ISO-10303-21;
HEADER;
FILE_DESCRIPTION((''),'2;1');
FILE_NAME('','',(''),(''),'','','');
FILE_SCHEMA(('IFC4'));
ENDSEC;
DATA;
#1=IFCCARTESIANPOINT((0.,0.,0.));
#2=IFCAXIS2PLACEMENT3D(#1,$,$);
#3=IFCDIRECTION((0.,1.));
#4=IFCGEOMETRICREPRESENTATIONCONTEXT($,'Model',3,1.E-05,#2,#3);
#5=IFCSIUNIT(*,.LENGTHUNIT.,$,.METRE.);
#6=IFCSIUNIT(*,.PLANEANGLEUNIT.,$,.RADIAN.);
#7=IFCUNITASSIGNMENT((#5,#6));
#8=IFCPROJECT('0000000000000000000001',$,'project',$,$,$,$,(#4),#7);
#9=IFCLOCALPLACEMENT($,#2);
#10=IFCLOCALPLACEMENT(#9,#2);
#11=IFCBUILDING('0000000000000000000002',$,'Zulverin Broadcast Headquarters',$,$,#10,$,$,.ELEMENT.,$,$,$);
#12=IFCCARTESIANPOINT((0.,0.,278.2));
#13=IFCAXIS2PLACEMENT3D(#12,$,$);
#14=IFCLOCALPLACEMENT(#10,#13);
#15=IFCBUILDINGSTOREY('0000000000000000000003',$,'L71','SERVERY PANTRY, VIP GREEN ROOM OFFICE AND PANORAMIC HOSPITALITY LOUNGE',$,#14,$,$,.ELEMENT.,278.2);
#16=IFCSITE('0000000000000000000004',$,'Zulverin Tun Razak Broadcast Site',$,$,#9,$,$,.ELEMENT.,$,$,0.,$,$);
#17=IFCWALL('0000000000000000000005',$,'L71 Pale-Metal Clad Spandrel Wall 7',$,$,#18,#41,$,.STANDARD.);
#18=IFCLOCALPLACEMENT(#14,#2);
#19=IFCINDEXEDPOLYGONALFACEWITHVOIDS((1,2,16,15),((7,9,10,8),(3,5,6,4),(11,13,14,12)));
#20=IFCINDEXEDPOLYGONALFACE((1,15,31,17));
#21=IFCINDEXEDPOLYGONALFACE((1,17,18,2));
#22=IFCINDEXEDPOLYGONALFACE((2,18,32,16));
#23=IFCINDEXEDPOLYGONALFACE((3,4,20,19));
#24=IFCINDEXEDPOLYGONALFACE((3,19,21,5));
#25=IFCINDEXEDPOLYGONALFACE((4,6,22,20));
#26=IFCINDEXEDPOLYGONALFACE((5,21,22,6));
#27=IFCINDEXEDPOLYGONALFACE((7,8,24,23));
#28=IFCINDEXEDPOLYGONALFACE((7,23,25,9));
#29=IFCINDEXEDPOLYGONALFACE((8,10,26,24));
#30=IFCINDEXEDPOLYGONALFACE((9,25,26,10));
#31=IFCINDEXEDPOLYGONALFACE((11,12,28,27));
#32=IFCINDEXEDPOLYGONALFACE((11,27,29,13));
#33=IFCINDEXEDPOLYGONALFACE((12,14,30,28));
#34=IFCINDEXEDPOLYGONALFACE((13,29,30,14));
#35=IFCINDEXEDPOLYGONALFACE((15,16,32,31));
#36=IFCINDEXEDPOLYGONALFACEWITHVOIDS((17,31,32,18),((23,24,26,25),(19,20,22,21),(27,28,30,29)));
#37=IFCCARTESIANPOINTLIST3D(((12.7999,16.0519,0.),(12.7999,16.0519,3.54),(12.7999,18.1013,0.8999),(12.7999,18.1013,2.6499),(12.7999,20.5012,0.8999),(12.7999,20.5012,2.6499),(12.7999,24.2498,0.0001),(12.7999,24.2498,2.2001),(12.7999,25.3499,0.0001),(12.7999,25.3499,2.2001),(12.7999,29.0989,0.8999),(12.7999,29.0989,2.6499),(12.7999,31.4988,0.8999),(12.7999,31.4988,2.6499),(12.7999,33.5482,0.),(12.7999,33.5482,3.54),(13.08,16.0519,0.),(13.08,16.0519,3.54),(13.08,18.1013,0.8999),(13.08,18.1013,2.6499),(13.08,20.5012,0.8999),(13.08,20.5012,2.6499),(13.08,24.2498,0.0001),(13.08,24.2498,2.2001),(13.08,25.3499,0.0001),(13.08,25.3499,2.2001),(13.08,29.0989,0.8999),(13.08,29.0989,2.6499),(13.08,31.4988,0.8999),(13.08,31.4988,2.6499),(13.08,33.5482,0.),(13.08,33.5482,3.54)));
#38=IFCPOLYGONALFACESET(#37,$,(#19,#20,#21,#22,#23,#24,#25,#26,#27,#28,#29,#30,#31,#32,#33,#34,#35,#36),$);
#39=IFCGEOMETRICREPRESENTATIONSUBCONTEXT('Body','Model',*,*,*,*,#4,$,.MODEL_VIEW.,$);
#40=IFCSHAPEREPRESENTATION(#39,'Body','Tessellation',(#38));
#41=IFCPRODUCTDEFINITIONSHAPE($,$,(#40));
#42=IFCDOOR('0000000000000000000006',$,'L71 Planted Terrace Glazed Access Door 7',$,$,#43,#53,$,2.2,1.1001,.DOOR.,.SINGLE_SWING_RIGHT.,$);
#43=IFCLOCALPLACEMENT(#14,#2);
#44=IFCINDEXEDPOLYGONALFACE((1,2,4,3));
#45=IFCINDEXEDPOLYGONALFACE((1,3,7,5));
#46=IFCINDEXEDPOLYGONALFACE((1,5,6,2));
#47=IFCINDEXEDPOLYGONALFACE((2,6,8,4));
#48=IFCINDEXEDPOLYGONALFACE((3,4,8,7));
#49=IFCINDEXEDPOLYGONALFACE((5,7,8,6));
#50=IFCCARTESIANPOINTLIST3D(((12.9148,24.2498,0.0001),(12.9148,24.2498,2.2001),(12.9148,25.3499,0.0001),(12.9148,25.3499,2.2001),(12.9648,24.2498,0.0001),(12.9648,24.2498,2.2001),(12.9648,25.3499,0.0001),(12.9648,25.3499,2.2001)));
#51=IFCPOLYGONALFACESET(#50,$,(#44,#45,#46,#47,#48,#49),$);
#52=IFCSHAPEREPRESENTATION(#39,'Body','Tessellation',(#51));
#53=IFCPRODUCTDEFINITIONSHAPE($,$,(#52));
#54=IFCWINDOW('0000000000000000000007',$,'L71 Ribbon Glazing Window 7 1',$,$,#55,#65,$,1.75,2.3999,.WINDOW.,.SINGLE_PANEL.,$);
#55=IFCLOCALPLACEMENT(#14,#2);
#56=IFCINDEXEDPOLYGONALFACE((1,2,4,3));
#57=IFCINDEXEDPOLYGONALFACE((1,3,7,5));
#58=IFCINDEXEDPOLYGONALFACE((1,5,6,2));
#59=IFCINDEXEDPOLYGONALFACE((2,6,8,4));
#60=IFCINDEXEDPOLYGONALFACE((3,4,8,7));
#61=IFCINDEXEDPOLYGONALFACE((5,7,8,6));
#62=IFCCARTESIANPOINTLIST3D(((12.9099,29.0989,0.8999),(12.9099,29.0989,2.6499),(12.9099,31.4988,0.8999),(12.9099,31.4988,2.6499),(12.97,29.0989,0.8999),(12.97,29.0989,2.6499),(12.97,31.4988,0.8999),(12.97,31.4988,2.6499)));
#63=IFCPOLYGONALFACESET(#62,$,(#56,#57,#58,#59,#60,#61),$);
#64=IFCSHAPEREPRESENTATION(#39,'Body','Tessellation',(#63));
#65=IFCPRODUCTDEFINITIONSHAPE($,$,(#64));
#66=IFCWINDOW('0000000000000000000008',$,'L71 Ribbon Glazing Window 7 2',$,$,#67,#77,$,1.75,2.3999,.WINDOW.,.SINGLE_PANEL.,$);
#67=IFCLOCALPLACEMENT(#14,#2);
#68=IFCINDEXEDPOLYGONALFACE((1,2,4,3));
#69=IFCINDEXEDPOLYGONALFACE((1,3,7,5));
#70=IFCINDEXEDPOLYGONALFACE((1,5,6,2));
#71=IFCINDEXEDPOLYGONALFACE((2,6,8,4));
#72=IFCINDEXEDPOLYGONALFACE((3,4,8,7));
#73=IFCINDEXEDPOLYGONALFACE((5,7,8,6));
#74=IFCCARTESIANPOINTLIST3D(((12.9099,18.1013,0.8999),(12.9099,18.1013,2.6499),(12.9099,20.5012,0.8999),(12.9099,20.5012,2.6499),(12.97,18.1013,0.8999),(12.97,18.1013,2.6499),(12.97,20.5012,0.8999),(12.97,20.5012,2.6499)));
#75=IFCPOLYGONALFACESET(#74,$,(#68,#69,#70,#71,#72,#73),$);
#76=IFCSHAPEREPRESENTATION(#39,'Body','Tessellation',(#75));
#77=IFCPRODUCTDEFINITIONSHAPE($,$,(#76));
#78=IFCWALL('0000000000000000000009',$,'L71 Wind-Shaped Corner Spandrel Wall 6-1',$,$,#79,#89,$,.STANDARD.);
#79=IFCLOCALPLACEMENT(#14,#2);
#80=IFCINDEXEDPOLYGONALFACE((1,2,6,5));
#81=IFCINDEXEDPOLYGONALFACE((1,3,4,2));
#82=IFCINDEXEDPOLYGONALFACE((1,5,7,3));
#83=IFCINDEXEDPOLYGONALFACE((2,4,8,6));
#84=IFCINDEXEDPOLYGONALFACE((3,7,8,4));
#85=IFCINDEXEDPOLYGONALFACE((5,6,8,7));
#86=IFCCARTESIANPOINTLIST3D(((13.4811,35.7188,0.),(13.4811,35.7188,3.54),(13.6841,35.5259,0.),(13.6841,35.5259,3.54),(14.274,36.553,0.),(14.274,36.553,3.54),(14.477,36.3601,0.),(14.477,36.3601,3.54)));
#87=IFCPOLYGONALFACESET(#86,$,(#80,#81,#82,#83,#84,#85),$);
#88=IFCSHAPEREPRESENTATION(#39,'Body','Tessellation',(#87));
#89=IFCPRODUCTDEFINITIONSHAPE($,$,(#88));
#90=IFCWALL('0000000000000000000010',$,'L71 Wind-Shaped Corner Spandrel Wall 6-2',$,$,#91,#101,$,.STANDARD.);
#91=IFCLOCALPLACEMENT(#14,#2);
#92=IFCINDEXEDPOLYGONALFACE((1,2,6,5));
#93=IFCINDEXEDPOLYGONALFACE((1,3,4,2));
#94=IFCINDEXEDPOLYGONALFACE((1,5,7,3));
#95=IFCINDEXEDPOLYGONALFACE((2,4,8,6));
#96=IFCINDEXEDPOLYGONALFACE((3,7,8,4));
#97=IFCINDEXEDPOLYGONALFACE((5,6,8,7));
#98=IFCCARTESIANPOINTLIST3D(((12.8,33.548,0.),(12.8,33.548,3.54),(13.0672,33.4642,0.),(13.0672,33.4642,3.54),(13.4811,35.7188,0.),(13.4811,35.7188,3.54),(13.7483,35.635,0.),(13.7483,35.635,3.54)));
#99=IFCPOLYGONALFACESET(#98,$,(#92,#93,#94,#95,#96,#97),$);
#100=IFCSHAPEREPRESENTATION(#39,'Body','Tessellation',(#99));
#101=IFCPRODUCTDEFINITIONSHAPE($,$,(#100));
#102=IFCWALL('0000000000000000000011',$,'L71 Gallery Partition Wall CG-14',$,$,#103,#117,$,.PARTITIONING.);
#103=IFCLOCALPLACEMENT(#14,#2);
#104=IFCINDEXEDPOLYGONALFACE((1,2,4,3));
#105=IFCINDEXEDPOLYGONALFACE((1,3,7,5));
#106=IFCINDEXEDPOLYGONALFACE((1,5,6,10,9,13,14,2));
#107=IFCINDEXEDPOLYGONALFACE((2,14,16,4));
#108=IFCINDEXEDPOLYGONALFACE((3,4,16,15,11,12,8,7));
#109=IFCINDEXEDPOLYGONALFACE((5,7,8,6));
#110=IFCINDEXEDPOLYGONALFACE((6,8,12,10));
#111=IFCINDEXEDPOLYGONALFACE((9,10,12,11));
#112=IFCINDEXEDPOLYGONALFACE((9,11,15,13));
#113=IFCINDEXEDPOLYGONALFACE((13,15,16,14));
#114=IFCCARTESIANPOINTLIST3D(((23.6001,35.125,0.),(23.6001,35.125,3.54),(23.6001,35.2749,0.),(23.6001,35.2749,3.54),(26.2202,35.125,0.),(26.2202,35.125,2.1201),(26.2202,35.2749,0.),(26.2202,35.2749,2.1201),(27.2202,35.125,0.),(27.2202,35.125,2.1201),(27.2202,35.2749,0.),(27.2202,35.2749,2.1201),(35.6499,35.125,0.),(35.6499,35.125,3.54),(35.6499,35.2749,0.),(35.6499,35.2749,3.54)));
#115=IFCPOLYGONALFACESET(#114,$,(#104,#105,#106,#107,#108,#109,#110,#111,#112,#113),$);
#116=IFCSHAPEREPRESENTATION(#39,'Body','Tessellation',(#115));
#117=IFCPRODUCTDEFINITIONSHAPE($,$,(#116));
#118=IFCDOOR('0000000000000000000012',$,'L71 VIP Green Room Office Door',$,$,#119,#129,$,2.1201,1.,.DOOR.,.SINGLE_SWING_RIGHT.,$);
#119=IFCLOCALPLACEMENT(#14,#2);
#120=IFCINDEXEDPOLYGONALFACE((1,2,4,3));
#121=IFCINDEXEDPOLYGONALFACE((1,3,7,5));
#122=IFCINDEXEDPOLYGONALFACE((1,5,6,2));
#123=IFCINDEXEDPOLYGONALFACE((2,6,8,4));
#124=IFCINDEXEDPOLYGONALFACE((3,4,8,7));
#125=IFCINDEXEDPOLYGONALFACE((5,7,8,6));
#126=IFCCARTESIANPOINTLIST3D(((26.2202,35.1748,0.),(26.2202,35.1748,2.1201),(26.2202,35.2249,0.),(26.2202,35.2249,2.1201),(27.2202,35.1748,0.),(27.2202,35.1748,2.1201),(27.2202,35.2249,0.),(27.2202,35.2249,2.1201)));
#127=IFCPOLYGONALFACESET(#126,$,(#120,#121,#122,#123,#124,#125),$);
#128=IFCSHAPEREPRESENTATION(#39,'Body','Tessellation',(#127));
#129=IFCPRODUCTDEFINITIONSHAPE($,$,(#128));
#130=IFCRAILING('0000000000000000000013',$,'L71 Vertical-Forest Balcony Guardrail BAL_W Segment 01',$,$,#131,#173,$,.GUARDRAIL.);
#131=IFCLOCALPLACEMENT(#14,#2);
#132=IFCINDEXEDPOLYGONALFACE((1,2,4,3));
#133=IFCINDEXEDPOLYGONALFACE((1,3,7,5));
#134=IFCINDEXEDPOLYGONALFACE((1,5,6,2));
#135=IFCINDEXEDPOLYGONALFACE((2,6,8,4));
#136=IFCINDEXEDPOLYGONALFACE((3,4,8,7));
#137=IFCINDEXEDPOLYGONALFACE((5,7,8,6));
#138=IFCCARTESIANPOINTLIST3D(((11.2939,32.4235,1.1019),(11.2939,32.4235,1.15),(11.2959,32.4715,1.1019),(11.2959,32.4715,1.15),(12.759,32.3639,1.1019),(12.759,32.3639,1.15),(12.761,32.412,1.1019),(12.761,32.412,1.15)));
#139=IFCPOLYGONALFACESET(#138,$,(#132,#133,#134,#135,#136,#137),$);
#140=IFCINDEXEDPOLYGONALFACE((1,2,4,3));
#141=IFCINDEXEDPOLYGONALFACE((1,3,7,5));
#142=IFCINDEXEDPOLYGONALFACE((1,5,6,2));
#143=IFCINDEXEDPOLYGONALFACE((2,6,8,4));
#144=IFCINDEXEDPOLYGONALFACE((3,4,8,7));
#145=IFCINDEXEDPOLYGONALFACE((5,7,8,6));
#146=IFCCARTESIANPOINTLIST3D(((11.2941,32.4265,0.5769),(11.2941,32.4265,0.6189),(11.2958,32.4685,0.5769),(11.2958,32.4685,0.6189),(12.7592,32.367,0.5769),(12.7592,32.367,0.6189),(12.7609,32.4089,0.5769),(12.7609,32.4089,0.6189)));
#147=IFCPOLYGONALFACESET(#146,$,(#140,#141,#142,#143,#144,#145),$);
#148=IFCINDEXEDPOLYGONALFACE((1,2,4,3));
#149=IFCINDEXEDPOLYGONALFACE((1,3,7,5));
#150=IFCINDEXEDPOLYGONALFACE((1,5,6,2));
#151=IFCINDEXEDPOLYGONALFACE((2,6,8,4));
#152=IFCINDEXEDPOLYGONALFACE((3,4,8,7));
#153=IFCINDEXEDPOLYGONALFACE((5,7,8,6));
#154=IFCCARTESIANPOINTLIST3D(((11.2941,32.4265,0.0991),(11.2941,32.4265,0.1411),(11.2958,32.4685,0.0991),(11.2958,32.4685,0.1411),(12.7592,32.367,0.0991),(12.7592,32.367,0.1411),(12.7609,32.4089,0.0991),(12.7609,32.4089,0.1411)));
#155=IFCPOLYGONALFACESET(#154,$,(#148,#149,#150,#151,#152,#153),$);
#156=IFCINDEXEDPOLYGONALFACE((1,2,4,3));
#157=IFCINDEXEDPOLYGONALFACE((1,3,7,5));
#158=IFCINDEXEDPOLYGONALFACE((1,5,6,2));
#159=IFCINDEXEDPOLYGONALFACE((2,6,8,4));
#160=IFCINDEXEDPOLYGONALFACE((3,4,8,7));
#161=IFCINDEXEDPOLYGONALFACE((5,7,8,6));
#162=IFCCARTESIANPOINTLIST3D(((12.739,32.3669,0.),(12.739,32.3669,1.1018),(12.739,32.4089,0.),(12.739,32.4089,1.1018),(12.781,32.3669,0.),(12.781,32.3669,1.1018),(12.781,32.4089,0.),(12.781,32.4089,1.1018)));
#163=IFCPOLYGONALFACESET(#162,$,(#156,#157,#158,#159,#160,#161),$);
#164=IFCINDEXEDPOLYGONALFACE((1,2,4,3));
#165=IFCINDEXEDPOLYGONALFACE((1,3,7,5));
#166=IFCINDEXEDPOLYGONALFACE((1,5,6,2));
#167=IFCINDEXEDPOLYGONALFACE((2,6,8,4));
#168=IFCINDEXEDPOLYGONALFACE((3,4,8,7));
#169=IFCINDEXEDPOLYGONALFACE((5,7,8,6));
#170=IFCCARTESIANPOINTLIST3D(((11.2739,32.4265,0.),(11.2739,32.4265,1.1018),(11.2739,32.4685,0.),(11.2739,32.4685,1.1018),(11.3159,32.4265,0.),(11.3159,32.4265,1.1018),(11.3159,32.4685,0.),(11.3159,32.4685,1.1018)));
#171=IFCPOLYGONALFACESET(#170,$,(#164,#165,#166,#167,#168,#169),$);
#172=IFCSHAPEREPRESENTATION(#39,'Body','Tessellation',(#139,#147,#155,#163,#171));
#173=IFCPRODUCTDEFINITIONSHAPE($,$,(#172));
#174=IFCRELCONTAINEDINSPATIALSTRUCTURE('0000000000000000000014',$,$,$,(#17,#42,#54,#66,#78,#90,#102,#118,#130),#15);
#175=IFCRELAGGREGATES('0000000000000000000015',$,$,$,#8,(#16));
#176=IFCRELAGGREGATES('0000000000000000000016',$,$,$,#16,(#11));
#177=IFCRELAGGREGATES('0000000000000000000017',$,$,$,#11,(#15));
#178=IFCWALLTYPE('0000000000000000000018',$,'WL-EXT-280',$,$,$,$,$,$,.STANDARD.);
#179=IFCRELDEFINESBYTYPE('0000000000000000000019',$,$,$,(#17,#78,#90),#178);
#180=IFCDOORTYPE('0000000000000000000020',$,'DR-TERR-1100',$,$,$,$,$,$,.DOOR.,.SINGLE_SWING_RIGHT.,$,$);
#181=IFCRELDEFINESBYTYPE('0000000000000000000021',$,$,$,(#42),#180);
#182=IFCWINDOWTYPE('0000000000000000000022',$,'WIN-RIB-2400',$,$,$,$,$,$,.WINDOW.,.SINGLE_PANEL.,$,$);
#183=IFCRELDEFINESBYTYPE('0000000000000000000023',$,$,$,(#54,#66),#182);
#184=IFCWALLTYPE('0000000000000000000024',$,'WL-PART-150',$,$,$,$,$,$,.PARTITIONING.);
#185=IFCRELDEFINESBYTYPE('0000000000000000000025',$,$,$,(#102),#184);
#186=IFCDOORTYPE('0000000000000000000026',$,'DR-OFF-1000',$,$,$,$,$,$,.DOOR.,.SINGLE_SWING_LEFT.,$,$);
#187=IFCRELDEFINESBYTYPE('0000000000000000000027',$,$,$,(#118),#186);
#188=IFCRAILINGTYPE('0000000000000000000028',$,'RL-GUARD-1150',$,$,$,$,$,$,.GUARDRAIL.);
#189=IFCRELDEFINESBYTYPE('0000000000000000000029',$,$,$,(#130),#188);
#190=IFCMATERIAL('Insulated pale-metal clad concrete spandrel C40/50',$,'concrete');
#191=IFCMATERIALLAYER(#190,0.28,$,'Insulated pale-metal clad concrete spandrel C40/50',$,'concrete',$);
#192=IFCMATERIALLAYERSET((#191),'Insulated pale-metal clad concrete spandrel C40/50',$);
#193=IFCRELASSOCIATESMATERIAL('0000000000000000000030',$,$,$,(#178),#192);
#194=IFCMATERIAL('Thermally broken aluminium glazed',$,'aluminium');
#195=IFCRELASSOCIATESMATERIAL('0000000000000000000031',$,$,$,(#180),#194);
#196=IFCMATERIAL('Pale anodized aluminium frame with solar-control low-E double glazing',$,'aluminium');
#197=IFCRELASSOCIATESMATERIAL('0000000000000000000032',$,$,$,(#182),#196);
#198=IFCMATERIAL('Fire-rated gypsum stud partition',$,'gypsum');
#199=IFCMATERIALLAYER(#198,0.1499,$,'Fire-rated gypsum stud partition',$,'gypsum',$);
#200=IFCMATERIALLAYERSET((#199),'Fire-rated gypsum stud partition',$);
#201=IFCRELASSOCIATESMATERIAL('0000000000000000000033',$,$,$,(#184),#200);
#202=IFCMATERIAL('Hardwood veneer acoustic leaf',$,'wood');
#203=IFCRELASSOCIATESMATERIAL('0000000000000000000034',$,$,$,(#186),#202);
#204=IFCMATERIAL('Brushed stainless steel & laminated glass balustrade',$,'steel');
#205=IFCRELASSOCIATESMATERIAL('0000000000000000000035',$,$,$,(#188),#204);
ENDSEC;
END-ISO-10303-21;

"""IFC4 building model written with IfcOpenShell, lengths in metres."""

from ifc_helpers import new_model, si_unit, direction, frame, frame_2d, origin, origin_2d, place, context, subcontext, project, spatial, rectangle, extrude, material, layer, layer_set, type_object, element, fill, save


model = new_model("IFC4")

# Units and contexts
model_context = context("Model", 3, precision=1e-05, world=origin(), true_north=direction((0.0, 1.0)))
body_context = subcontext(model_context, "Body", "Model", "MODEL_VIEW")
ifc_project = project(units=[si_unit("LENGTHUNIT", "METRE"), si_unit("PLANEANGLEUNIT", "RADIAN")], contexts=[model_context])

# Site, building, storey
site_placement = place(None, origin())
site = spatial("IfcSite", under=ifc_project, at=site_placement, Name="Zulverin Tun Razak Broadcast Site", CompositionType="ELEMENT", RefElevation=0.0)
building_placement = place(site_placement, origin())
building = spatial("IfcBuilding", under=site, at=building_placement, Name="Zulverin Broadcast Headquarters", CompositionType="ELEMENT")
storey_placement = place(building_placement, frame((0.0, 0.0, 278.2)))
storey = spatial("IfcBuildingStorey", under=building, at=storey_placement, Name="L71", Description="SERVERY PANTRY, VIP GREEN ROOM OFFICE AND PANORAMIC HOSPITALITY LOUNGE", CompositionType="ELEMENT", Elevation=278.2)

# Wall, openings, door, windows
ifc_material_1 = material(Name="Insulated pale-metal clad concrete spandrel C40/50", Category="concrete")
ifc_layer_1 = layer(ifc_material_1, 0.28, Name="Insulated pale-metal clad concrete spandrel C40/50", Category="concrete")
ifc_layer_set_1 = layer_set([ifc_layer_1], Name="Insulated pale-metal clad concrete spandrel C40/50")
wall_type_1 = type_object("IfcWallType", Name="WL-EXT-280", PredefinedType="STANDARD", material=ifc_layer_set_1)
wall_1_placement = place(storey_placement, frame((12.9399, 33.5481, 0.0), z_axis=(0.0, 0.0, 1.0), x_axis=(0.0, -1.0, 0.0)))
wall_1 = element("IfcWall", 1, at=wall_1_placement, inside=storey, type_object=wall_type_1, Name="L71 Pale-Metal Clad Spandrel Wall 7", PredefinedType="STANDARD", context=body_context, shape_type="SweptSolid", body=[
    extrude(rectangle(XDim=17.4963, YDim=0.28, at=frame_2d((8.748, 0.0))), origin(), (0.0, 0.0, 1.0), 3.54),
])
opening_1_placement = place(wall_1_placement, frame((8.1982, 0.0, 0.0)))
opening_1 = element("IfcOpeningElement", 2, at=opening_1_placement, cuts=wall_1, PredefinedType="OPENING", context=body_context, shape_type="SweptSolid", body=[
    extrude(rectangle(XDim=1.1001, YDim=2.2, at=frame_2d((0.55, 1.1001))), frame((0.0, 0.1499, 0.0), z_axis=(0.0, -1.0, 0.0), x_axis=(1.0, 0.0, 0.0)), (0.0, 0.0, 1.0), 0.3),
])
opening_2_placement = place(wall_1_placement, frame((2.0493, 0.0, 0.8999)))
opening_2 = element("IfcOpeningElement", 3, at=opening_2_placement, cuts=wall_1, PredefinedType="OPENING", context=body_context, shape_type="SweptSolid", body=[
    extrude(rectangle(XDim=2.3999, YDim=1.75, at=frame_2d((1.2, 0.875))), frame((0.0, 0.1499, 0.0), z_axis=(0.0, -1.0, 0.0), x_axis=(1.0, 0.0, 0.0)), (0.0, 0.0, 1.0), 0.3),
])
opening_3_placement = place(wall_1_placement, frame((13.0469, 0.0, 0.8999)))
opening_3 = element("IfcOpeningElement", 4, at=opening_3_placement, cuts=wall_1, PredefinedType="OPENING", context=body_context, shape_type="SweptSolid", body=[
    extrude(rectangle(XDim=2.3999, YDim=1.75, at=frame_2d((1.2, 0.875))), frame((0.0, 0.1499, 0.0), z_axis=(0.0, -1.0, 0.0), x_axis=(1.0, 0.0, 0.0)), (0.0, 0.0, 1.0), 0.3),
])
ifc_material_2 = material(Name="Thermally broken aluminium glazed", Category="aluminium")
door_type_1 = type_object("IfcDoorType", Name="DR-TERR-1100", OperationType="SINGLE_SWING_RIGHT", PredefinedType="DOOR", material=ifc_material_2)
door_1_placement = place(opening_1_placement, origin())
door_1 = element("IfcDoor", 5, at=door_1_placement, inside=storey, type_object=door_type_1, Name="L71 Planted Terrace Glazed Access Door 7", OperationType="SINGLE_SWING_RIGHT", OverallHeight=2.2, OverallWidth=1.1001, PredefinedType="DOOR", context=body_context, shape_type="SweptSolid", body=[
    extrude(rectangle(XDim=1.1001, YDim=2.2, at=frame_2d((0.55, 1.1001))), frame((0.0, 0.0249, 0.0), z_axis=(0.0, -1.0, 0.0), x_axis=(1.0, 0.0, 0.0)), (0.0, 0.0, 1.0), 0.05),
])
fill(opening_1, door_1)
ifc_material_3 = material(Name="Pale anodized aluminium frame with solar-control low-E double glazing", Category="aluminium")
window_type = type_object("IfcWindowType", Name="WIN-RIB-2400", PartitioningType="SINGLE_PANEL", PredefinedType="WINDOW", material=ifc_material_3)
window_1_placement = place(opening_2_placement, origin())
window_1 = element("IfcWindow", 6, at=window_1_placement, inside=storey, type_object=window_type, Name="L71 Ribbon Glazing Window 7 1", OverallHeight=1.75, OverallWidth=2.3999, PartitioningType="SINGLE_PANEL", PredefinedType="WINDOW", context=body_context, shape_type="SweptSolid", body=[
    extrude(rectangle(XDim=2.3999, YDim=1.75, at=frame_2d((1.2, 0.875))), frame((0.0, 0.03, 0.0), z_axis=(0.0, -1.0, 0.0), x_axis=(1.0, 0.0, 0.0)), (0.0, 0.0, 1.0), 0.0601),
])
fill(opening_2, window_1)
window_2_placement = place(opening_3_placement, origin())
window_2 = element("IfcWindow", 7, at=window_2_placement, inside=storey, type_object=window_type, Name="L71 Ribbon Glazing Window 7 2", OverallHeight=1.75, OverallWidth=2.3999, PartitioningType="SINGLE_PANEL", PredefinedType="WINDOW", context=body_context, shape_type="SweptSolid", body=[
    extrude(rectangle(XDim=2.3999, YDim=1.75, at=frame_2d((1.2, 0.875))), frame((0.0, 0.03, 0.0), z_axis=(0.0, -1.0, 0.0), x_axis=(1.0, 0.0, 0.0)), (0.0, 0.0, 1.0), 0.0601),
])
fill(opening_3, window_2)

# Walls
wall_2_placement = place(storey_placement, frame((14.3755, 36.4565, 0.0), z_axis=(0.0, 0.0, 1.0), x_axis=(-0.688956, -0.724803, 0.0)))
element("IfcWall", 8, at=wall_2_placement, inside=storey, type_object=wall_type_1, Name="L71 Wind-Shaped Corner Spandrel Wall 6-1", PredefinedType="STANDARD", context=body_context, shape_type="SweptSolid", body=[
    extrude(rectangle(XDim=1.1509, YDim=0.28, at=frame_2d((0.5754, 0.0))), origin(), (0.0, 0.0, 1.0), 3.54),
])
wall_3_placement = place(storey_placement, frame((13.6147, 35.677, 0.0), z_axis=(0.0, 0.0, 1.0), x_axis=(-0.299375, -0.954136, 0.0)))
element("IfcWall", 9, at=wall_3_placement, inside=storey, type_object=wall_type_1, Name="L71 Wind-Shaped Corner Spandrel Wall 6-2", PredefinedType="STANDARD", context=body_context, shape_type="SweptSolid", body=[
    extrude(rectangle(XDim=2.2751, YDim=0.28, at=frame_2d((1.1377, 0.0))), origin(), (0.0, 0.0, 1.0), 3.54),
])

# Wall, opening, door
ifc_material_4 = material(Name="Fire-rated gypsum stud partition", Category="gypsum")
ifc_layer_2 = layer(ifc_material_4, 0.1499, Name="Fire-rated gypsum stud partition", Category="gypsum")
ifc_layer_set_2 = layer_set([ifc_layer_2], Name="Fire-rated gypsum stud partition")
wall_type_2 = type_object("IfcWallType", Name="WL-PART-150", PredefinedType="PARTITIONING", material=ifc_layer_set_2)
wall_4_placement = place(storey_placement, frame((23.6001, 35.2, 0.0), z_axis=(0.0, 0.0, 1.0), x_axis=(1.0, 0.0, 0.0)))
wall_4 = element("IfcWall", 10, at=wall_4_placement, inside=storey, type_object=wall_type_2, Name="L71 Gallery Partition Wall CG-14", PredefinedType="PARTITIONING", context=body_context, shape_type="SweptSolid", body=[
    extrude(rectangle(XDim=12.0498, YDim=0.1499, at=frame_2d((6.0249, 0.0))), origin(), (0.0, 0.0, 1.0), 3.54),
])
opening_4_placement = place(wall_4_placement, frame((2.6201, 0.0, 0.0)))
opening_4 = element("IfcOpeningElement", 11, at=opening_4_placement, cuts=wall_4, PredefinedType="OPENING", context=body_context, shape_type="SweptSolid", body=[
    extrude(rectangle(XDim=1.0, YDim=2.1201, at=frame_2d((0.5, 1.0601))), frame((0.0, 0.085, 0.0), z_axis=(0.0, -1.0, 0.0), x_axis=(1.0, 0.0, 0.0)), (0.0, 0.0, 1.0), 0.1699),
])
ifc_material_5 = material(Name="Hardwood veneer acoustic leaf", Category="wood")
door_type_2 = type_object("IfcDoorType", Name="DR-OFF-1000", OperationType="SINGLE_SWING_LEFT", PredefinedType="DOOR", material=ifc_material_5)
door_2_placement = place(opening_4_placement, origin())
door_2 = element("IfcDoor", 12, at=door_2_placement, inside=storey, type_object=door_type_2, Name="L71 VIP Green Room Office Door", OperationType="SINGLE_SWING_RIGHT", OverallHeight=2.1201, OverallWidth=1.0, PredefinedType="DOOR", context=body_context, shape_type="SweptSolid", body=[
    extrude(rectangle(XDim=1.0, YDim=2.1201, at=frame_2d((0.5, 1.0601))), frame((0.0, 0.0249, 0.0), z_axis=(0.0, -1.0, 0.0), x_axis=(1.0, 0.0, 0.0)), (0.0, 0.0, 1.0), 0.05),
])
fill(opening_4, door_2)

# Railing
ifc_material_6 = material(Name="Brushed stainless steel & laminated glass balustrade", Category="steel")
railing_type = type_object("IfcRailingType", Name="RL-GUARD-1150", PredefinedType="GUARDRAIL", material=ifc_material_6)
railing_1_placement = place(storey_placement, frame((12.76, 32.3879, 0.0)))
element("IfcRailing", 13, at=railing_1_placement, inside=storey, type_object=railing_type, Name="L71 Vertical-Forest Balcony Guardrail BAL_W Segment 01", PredefinedType="GUARDRAIL", context=body_context, shape_type="SweptSolid", body=[
    extrude(rectangle(XDim=0.0481, YDim=0.0481, at=origin_2d()), frame((0.0, 0.0, 1.126), z_axis=(-0.999174, 0.040626, 0.0), x_axis=(-0.040626, -0.999174, 0.0)), (0.0, 0.0, 1.0), 1.4663),
    extrude(rectangle(XDim=0.042, YDim=0.042, at=origin_2d()), frame((0.0, 0.0, 0.5979), z_axis=(-0.999174, 0.040626, 0.0), x_axis=(-0.040626, -0.999174, 0.0)), (0.0, 0.0, 1.0), 1.4663),
    extrude(rectangle(XDim=0.042, YDim=0.042, at=origin_2d()), frame((0.0, 0.0, 0.1201), z_axis=(-0.999174, 0.040626, 0.0), x_axis=(-0.040626, -0.999174, 0.0)), (0.0, 0.0, 1.0), 1.4663),
    extrude(rectangle(XDim=0.042, YDim=0.042, at=origin_2d()), origin(), (0.0, 0.0, 1.0), 1.1018),
    extrude(rectangle(XDim=0.042, YDim=0.042, at=origin_2d()), frame((-1.4651, 0.0596, 0.0)), (0.0, 0.0, 1.0), 1.1018),
])

save(model, "model.ifc")
